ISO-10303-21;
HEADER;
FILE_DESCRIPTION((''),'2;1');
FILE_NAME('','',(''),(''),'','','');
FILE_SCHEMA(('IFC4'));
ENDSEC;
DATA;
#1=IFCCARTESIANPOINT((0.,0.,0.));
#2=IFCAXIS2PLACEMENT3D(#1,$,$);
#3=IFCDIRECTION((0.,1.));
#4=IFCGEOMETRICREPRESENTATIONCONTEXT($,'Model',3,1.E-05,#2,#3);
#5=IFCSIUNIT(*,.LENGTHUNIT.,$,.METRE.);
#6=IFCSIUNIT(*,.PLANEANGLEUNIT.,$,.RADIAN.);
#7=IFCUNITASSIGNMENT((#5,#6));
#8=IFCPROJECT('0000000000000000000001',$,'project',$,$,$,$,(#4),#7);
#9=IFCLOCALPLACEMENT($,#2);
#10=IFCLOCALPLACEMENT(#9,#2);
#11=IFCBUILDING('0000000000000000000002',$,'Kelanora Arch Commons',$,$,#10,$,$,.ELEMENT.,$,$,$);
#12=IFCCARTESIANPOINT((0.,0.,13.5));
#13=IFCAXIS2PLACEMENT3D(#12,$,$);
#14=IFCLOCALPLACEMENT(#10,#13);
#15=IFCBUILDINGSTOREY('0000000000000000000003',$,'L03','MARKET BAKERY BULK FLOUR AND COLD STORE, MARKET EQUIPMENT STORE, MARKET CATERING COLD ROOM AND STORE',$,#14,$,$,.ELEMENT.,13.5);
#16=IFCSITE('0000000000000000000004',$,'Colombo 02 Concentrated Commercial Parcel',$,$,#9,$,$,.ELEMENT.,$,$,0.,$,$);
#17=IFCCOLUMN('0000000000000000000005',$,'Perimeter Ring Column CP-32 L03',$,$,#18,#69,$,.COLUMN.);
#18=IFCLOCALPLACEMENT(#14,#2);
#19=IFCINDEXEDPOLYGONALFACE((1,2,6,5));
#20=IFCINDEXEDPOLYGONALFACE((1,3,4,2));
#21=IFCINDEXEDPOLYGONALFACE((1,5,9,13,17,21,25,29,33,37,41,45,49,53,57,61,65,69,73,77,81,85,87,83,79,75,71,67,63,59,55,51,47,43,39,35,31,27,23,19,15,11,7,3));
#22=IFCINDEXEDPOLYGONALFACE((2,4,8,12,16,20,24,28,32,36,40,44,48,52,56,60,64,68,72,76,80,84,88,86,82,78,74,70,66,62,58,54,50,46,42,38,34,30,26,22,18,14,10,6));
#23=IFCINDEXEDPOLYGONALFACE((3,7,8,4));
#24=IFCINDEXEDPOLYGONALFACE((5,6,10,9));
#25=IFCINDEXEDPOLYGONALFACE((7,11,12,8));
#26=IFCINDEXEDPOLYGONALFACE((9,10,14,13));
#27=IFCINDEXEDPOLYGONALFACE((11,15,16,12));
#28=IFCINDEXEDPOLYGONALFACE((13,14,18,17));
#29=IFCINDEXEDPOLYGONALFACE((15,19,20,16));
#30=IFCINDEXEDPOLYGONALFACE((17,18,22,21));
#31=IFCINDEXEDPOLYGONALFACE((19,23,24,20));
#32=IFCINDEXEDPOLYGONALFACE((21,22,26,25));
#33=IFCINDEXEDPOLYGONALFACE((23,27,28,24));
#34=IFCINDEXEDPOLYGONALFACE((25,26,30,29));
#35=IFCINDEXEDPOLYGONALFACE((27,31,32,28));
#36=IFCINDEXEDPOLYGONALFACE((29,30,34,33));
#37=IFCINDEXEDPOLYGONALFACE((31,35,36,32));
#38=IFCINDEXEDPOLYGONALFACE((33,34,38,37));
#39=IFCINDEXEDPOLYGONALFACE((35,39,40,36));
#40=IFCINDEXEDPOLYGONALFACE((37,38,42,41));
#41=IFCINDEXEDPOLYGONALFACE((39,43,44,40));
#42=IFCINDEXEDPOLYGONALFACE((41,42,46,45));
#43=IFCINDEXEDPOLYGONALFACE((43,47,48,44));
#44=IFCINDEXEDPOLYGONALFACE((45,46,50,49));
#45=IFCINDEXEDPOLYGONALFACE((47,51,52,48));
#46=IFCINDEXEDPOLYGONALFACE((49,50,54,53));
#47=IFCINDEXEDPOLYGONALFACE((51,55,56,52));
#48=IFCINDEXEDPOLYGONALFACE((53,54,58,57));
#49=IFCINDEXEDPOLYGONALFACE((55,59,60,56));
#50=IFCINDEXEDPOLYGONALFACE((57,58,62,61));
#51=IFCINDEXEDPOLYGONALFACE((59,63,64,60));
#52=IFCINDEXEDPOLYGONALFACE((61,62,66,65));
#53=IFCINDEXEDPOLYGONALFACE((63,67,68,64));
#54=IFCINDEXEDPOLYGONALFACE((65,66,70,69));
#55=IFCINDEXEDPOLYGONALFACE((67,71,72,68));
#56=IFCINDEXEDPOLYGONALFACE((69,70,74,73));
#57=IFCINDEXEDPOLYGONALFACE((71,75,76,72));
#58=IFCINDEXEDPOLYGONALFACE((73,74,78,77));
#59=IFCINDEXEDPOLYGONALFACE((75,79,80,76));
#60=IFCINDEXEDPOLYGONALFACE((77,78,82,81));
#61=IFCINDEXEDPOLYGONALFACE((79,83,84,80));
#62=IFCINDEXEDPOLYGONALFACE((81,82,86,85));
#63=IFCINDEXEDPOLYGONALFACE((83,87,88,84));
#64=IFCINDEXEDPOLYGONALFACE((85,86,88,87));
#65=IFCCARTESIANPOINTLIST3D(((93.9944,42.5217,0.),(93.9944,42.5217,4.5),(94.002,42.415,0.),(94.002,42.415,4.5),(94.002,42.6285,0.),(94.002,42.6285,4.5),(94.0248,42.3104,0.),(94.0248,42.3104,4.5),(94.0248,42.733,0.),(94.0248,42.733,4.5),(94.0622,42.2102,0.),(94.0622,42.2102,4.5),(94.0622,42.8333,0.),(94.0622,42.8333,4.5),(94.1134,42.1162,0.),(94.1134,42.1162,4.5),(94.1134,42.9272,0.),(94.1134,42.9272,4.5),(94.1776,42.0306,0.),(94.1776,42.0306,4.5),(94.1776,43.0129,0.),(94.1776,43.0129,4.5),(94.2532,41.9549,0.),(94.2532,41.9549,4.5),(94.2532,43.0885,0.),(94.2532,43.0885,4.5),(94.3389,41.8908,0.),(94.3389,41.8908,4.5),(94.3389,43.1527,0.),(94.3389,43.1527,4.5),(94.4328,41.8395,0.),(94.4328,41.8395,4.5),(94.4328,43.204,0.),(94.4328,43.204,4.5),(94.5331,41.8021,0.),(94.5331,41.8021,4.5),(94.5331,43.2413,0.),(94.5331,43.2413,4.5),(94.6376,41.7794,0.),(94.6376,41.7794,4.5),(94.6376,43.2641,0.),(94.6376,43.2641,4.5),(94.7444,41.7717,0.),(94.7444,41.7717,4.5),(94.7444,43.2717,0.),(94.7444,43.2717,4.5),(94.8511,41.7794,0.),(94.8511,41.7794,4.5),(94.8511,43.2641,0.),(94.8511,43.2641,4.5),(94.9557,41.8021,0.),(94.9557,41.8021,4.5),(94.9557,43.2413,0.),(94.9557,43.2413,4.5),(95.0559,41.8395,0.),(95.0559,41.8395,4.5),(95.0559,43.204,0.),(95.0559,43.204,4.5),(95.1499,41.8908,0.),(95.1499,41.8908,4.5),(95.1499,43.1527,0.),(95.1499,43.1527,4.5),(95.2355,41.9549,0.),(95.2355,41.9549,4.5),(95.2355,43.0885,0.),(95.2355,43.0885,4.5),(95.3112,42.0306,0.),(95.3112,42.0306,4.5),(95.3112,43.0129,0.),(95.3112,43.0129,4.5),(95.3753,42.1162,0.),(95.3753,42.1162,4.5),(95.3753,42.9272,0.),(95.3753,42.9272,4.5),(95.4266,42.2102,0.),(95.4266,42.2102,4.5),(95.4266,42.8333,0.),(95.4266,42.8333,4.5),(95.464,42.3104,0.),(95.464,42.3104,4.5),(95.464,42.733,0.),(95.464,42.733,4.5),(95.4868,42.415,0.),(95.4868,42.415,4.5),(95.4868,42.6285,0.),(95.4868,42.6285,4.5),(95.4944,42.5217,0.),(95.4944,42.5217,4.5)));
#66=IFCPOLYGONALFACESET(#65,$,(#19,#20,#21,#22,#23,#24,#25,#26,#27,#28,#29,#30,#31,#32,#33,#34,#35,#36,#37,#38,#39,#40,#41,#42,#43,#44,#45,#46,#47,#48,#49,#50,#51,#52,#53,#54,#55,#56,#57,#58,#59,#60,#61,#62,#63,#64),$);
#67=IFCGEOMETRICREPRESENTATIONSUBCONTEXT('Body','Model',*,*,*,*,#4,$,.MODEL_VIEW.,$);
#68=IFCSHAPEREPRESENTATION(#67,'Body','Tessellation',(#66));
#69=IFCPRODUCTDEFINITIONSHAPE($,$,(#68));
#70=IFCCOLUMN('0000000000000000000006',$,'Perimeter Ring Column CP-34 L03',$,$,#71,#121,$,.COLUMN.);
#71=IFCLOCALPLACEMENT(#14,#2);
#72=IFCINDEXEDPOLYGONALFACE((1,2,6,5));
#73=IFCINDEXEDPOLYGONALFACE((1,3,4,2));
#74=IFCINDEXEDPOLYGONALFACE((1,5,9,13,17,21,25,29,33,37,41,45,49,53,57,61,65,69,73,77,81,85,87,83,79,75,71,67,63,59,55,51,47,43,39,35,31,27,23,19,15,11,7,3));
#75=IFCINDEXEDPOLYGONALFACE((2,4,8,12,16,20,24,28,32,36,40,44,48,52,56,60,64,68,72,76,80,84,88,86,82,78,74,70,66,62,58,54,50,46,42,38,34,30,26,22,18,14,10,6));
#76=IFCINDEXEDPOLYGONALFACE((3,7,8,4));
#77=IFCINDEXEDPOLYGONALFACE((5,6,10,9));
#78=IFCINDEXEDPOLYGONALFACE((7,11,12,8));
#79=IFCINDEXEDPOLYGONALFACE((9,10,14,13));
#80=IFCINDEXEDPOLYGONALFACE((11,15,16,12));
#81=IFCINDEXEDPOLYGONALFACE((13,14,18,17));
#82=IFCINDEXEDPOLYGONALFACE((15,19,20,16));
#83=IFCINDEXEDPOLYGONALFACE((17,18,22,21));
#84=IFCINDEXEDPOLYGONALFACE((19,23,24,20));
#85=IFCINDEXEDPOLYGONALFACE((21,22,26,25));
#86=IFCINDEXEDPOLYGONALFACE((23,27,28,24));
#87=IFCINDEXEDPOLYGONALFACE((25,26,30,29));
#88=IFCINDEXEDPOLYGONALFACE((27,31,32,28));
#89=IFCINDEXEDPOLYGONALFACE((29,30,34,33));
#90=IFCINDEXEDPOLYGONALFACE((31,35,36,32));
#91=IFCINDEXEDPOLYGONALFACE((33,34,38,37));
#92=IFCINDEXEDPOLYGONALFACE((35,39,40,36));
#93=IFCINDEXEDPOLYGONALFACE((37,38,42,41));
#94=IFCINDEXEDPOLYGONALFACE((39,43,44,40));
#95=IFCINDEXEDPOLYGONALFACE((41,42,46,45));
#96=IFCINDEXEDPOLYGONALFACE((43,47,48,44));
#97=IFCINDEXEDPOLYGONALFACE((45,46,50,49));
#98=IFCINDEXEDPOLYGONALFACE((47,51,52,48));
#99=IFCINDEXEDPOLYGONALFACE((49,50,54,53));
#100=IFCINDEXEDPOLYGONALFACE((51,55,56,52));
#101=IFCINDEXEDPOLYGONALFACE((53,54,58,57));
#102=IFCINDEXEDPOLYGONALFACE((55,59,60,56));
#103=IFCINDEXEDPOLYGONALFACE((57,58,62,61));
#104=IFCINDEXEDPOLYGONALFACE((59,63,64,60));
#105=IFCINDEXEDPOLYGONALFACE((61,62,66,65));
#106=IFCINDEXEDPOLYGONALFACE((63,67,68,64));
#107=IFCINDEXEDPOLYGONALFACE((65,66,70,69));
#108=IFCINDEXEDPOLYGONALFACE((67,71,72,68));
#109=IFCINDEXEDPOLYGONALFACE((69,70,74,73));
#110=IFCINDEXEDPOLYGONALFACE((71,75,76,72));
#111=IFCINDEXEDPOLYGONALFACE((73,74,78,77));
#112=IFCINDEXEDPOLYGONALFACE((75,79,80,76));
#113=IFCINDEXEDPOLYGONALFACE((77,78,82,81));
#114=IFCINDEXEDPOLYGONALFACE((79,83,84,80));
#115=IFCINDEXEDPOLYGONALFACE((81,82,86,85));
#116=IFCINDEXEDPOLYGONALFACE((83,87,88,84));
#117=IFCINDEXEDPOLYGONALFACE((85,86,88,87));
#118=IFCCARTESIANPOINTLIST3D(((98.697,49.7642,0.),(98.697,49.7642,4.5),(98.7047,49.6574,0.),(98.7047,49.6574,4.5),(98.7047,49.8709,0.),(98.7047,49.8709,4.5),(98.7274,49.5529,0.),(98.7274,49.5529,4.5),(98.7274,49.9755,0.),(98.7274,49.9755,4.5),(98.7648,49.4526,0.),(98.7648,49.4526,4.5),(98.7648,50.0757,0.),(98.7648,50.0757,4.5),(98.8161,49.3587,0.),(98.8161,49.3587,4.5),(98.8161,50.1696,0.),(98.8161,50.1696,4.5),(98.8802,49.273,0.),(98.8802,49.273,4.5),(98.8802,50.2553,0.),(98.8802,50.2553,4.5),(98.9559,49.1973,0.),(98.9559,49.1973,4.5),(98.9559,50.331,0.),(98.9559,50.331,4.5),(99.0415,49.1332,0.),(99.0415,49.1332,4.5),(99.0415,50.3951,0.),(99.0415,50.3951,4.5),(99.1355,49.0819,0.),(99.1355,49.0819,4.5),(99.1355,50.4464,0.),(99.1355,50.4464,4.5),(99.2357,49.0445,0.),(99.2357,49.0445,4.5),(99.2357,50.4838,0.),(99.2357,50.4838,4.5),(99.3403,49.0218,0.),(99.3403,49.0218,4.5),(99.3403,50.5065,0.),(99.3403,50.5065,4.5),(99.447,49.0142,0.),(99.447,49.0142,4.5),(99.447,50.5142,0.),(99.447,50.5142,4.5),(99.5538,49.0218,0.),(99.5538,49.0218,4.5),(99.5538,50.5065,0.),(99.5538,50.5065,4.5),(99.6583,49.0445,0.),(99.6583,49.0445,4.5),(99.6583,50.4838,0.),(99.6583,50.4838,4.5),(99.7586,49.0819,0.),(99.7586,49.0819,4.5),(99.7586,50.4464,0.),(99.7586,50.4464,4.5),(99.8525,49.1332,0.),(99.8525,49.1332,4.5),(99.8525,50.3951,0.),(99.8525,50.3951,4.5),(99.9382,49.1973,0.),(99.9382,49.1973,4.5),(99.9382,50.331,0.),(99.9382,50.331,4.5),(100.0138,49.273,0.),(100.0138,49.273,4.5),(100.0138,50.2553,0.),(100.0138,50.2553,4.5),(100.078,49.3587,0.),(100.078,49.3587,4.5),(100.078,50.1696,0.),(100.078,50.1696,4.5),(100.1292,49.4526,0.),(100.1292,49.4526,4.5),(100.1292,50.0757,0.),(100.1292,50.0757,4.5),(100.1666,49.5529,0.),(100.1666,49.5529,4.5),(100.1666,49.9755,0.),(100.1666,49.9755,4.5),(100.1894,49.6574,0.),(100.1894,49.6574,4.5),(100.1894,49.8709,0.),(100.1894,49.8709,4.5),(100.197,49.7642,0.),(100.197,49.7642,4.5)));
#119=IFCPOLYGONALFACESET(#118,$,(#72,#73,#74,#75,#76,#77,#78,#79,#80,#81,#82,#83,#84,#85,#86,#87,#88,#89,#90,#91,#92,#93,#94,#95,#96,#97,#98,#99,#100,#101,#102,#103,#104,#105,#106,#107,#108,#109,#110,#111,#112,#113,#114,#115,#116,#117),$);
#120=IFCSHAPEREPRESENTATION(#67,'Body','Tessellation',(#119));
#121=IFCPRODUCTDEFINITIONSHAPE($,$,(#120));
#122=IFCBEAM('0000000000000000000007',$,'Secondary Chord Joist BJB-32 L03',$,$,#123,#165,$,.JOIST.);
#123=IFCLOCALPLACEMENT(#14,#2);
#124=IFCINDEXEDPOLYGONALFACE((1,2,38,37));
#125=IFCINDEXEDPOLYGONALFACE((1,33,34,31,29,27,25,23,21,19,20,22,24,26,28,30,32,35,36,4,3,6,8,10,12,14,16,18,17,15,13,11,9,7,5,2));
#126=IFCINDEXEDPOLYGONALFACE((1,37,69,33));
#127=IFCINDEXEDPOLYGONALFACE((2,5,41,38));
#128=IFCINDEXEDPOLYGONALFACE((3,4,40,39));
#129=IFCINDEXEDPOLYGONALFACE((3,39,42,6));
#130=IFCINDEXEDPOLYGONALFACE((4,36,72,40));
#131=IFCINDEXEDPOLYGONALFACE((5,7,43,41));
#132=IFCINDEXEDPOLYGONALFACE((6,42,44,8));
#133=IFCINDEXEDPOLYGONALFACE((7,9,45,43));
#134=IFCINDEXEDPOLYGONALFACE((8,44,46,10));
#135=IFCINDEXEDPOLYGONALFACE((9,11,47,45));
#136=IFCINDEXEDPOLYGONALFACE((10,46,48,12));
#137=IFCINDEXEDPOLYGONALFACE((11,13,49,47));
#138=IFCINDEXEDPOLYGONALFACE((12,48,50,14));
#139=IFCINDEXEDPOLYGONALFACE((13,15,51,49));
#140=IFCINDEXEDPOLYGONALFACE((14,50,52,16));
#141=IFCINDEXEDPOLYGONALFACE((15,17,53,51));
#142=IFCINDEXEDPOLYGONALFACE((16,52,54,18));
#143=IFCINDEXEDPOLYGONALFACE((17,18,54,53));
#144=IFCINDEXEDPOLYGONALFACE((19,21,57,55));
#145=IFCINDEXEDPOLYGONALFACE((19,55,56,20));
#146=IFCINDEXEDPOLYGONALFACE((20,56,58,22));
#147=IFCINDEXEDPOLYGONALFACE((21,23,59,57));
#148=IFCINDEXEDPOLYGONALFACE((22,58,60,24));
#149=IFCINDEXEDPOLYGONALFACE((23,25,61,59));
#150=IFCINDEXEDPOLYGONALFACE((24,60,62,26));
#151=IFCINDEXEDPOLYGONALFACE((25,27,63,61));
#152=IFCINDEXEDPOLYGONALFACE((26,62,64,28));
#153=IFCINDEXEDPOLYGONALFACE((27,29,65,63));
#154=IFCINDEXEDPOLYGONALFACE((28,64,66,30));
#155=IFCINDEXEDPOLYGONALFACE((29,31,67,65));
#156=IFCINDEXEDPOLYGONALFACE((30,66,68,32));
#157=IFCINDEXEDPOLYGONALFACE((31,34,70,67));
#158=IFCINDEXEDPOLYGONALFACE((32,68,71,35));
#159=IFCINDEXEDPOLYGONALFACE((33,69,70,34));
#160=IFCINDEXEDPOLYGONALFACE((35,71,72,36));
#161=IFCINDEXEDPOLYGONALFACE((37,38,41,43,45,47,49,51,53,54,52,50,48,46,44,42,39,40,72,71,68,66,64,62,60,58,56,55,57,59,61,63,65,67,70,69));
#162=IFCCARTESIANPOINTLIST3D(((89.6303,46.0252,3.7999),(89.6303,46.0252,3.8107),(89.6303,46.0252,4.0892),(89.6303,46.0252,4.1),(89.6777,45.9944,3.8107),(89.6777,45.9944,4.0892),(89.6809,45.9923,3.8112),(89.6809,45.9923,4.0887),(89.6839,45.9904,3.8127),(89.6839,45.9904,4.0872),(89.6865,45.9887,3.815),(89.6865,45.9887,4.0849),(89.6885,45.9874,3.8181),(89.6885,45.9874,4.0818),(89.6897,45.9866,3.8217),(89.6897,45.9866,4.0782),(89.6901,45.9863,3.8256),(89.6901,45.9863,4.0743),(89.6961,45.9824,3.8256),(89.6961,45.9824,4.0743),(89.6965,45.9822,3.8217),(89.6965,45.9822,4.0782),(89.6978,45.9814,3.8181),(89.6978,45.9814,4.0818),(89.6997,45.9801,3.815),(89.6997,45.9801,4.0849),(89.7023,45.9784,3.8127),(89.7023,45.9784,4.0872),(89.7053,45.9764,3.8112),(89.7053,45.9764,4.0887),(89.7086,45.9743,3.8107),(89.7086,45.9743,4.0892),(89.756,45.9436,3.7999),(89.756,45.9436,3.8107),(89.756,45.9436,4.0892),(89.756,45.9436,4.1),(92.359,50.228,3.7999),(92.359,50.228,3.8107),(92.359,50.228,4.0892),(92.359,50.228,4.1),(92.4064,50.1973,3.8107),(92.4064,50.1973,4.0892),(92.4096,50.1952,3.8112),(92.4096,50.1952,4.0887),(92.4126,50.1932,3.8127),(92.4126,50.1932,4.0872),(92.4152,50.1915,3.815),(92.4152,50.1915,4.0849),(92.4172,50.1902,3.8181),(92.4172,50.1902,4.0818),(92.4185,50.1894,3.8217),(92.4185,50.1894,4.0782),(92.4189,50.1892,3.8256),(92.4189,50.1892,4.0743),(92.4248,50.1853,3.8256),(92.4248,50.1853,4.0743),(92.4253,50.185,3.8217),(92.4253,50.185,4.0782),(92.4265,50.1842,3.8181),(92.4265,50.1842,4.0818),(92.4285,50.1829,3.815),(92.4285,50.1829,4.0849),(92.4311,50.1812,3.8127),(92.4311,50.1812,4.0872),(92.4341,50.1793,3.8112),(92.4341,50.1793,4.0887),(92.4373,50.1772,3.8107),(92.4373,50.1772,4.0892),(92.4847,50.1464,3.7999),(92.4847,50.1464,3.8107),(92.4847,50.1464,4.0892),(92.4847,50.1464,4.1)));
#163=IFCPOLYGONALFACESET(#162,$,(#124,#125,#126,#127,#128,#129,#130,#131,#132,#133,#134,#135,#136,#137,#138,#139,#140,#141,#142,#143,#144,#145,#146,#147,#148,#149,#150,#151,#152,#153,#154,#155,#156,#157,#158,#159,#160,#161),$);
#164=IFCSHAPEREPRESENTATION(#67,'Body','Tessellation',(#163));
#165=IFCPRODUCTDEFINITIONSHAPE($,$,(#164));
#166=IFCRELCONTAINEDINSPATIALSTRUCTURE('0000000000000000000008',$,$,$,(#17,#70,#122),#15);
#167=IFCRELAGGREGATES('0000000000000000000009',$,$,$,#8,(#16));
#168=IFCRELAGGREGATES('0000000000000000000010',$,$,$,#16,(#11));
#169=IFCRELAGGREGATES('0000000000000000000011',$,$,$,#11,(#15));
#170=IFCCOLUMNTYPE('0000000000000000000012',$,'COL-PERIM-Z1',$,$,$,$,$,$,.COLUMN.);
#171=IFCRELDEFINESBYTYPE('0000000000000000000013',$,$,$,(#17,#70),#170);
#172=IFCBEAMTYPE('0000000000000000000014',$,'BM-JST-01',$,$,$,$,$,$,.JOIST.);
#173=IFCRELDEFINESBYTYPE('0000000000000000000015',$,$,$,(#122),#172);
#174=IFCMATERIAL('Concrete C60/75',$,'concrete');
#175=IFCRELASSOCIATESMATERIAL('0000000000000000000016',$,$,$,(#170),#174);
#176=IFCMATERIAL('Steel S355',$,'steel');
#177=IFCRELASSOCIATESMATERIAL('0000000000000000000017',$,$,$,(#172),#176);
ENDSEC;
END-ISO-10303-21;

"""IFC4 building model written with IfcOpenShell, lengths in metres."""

from ifc_helpers import new_model, si_unit, direction, frame, origin, origin_2d, place, context, subcontext, project, spatial, circle, i_section, extrude, material, material_profile, profile_set, type_object, element, save


model = new_model("IFC4")

# Units and contexts
model_context = context("Model", 3, precision=1e-05, world=origin(), true_north=direction((0.0, 1.0)))
body_context = subcontext(model_context, "Body", "Model", "MODEL_VIEW")
ifc_project = project(units=[si_unit("LENGTHUNIT", "METRE"), si_unit("PLANEANGLEUNIT", "RADIAN")], contexts=[model_context])

# Site, building, storey
site_placement = place(None, origin())
site = spatial("IfcSite", under=ifc_project, at=site_placement, Name="Colombo 02 Concentrated Commercial Parcel", CompositionType="ELEMENT", RefElevation=0.0)
building_placement = place(site_placement, origin())
building = spatial("IfcBuilding", under=site, at=building_placement, Name="Kelanora Arch Commons", CompositionType="ELEMENT")
storey_placement = place(building_placement, frame((0.0, 0.0, 13.5)))
storey = spatial("IfcBuildingStorey", under=building, at=storey_placement, Name="L03", Description="MARKET BAKERY BULK FLOUR AND COLD STORE, MARKET EQUIPMENT STORE, MARKET CATERING COLD ROOM AND STORE", CompositionType="ELEMENT", Elevation=13.5)

# Columns
ifc_material_1 = material(Name="Concrete C60/75", Category="concrete")
ifc_material_profile_1 = material_profile(ifc_material_1, circle(Radius=0.75, at=origin_2d()), Name="RCC1500")
ifc_profile_set_1 = profile_set([ifc_material_profile_1], Name="Concrete C60/75")
column_type = type_object("IfcColumnType", Name="COL-PERIM-Z1", PredefinedType="COLUMN", material=ifc_profile_set_1)
for number, where, z_axis, x_axis, name in (
    (1, (94.7444, 42.5217, 0.0), (0.0, 0.0, 1.0), (1.0, 0.0, 0.0), "Perimeter Ring Column CP-32 L03"),
    (2, (99.447, 49.7642, 0.0), (0.0, 0.0, 1.0), (1.0, 0.0, 0.0), "Perimeter Ring Column CP-34 L03"),
):
    element("IfcColumn", number, at=place(storey_placement, frame(where, z_axis=z_axis, x_axis=x_axis)), inside=storey, type_object=column_type, Name=name, PredefinedType="COLUMN", context=body_context, shape_type="SweptSolid", body=[
        extrude(circle(Radius=0.75, at=origin_2d()), origin(), (0.0, 0.0, 1.0), 4.5),
    ])

# Beam
ifc_material_2 = material(Name="Steel S355", Category="steel")
ifc_material_profile_2 = material_profile(ifc_material_2, i_section(OverallWidth=0.1499, OverallDepth=0.3, WebThickness=0.0071, FlangeThickness=0.0107, FilletRadius=0.0149, at=origin_2d()), Name="IPE300")
ifc_profile_set_2 = profile_set([ifc_material_profile_2], Name="Steel S355")
beam_type_1 = type_object("IfcBeamType", Name="BM-JST-01", PredefinedType="JOIST", material=ifc_profile_set_2)
beam_1_placement = place(storey_placement, frame((89.6931, 45.9844, 3.95), z_axis=(0.544552, 0.838727, 0.0), x_axis=(-0.838727, 0.544552, 0.0)))
element("IfcBeam", 3, at=beam_1_placement, inside=storey, type_object=beam_type_1, Name="Secondary Chord Joist BJB-32 L03", PredefinedType="JOIST", context=body_context, shape_type="SweptSolid", body=[
    extrude(i_section(OverallWidth=0.1499, OverallDepth=0.3, WebThickness=0.0071, FlangeThickness=0.0107, FilletRadius=0.0149, at=origin_2d()), origin(), (0.0, 0.0, 1.0), 5.011),
])

save(model, "model.ifc")
